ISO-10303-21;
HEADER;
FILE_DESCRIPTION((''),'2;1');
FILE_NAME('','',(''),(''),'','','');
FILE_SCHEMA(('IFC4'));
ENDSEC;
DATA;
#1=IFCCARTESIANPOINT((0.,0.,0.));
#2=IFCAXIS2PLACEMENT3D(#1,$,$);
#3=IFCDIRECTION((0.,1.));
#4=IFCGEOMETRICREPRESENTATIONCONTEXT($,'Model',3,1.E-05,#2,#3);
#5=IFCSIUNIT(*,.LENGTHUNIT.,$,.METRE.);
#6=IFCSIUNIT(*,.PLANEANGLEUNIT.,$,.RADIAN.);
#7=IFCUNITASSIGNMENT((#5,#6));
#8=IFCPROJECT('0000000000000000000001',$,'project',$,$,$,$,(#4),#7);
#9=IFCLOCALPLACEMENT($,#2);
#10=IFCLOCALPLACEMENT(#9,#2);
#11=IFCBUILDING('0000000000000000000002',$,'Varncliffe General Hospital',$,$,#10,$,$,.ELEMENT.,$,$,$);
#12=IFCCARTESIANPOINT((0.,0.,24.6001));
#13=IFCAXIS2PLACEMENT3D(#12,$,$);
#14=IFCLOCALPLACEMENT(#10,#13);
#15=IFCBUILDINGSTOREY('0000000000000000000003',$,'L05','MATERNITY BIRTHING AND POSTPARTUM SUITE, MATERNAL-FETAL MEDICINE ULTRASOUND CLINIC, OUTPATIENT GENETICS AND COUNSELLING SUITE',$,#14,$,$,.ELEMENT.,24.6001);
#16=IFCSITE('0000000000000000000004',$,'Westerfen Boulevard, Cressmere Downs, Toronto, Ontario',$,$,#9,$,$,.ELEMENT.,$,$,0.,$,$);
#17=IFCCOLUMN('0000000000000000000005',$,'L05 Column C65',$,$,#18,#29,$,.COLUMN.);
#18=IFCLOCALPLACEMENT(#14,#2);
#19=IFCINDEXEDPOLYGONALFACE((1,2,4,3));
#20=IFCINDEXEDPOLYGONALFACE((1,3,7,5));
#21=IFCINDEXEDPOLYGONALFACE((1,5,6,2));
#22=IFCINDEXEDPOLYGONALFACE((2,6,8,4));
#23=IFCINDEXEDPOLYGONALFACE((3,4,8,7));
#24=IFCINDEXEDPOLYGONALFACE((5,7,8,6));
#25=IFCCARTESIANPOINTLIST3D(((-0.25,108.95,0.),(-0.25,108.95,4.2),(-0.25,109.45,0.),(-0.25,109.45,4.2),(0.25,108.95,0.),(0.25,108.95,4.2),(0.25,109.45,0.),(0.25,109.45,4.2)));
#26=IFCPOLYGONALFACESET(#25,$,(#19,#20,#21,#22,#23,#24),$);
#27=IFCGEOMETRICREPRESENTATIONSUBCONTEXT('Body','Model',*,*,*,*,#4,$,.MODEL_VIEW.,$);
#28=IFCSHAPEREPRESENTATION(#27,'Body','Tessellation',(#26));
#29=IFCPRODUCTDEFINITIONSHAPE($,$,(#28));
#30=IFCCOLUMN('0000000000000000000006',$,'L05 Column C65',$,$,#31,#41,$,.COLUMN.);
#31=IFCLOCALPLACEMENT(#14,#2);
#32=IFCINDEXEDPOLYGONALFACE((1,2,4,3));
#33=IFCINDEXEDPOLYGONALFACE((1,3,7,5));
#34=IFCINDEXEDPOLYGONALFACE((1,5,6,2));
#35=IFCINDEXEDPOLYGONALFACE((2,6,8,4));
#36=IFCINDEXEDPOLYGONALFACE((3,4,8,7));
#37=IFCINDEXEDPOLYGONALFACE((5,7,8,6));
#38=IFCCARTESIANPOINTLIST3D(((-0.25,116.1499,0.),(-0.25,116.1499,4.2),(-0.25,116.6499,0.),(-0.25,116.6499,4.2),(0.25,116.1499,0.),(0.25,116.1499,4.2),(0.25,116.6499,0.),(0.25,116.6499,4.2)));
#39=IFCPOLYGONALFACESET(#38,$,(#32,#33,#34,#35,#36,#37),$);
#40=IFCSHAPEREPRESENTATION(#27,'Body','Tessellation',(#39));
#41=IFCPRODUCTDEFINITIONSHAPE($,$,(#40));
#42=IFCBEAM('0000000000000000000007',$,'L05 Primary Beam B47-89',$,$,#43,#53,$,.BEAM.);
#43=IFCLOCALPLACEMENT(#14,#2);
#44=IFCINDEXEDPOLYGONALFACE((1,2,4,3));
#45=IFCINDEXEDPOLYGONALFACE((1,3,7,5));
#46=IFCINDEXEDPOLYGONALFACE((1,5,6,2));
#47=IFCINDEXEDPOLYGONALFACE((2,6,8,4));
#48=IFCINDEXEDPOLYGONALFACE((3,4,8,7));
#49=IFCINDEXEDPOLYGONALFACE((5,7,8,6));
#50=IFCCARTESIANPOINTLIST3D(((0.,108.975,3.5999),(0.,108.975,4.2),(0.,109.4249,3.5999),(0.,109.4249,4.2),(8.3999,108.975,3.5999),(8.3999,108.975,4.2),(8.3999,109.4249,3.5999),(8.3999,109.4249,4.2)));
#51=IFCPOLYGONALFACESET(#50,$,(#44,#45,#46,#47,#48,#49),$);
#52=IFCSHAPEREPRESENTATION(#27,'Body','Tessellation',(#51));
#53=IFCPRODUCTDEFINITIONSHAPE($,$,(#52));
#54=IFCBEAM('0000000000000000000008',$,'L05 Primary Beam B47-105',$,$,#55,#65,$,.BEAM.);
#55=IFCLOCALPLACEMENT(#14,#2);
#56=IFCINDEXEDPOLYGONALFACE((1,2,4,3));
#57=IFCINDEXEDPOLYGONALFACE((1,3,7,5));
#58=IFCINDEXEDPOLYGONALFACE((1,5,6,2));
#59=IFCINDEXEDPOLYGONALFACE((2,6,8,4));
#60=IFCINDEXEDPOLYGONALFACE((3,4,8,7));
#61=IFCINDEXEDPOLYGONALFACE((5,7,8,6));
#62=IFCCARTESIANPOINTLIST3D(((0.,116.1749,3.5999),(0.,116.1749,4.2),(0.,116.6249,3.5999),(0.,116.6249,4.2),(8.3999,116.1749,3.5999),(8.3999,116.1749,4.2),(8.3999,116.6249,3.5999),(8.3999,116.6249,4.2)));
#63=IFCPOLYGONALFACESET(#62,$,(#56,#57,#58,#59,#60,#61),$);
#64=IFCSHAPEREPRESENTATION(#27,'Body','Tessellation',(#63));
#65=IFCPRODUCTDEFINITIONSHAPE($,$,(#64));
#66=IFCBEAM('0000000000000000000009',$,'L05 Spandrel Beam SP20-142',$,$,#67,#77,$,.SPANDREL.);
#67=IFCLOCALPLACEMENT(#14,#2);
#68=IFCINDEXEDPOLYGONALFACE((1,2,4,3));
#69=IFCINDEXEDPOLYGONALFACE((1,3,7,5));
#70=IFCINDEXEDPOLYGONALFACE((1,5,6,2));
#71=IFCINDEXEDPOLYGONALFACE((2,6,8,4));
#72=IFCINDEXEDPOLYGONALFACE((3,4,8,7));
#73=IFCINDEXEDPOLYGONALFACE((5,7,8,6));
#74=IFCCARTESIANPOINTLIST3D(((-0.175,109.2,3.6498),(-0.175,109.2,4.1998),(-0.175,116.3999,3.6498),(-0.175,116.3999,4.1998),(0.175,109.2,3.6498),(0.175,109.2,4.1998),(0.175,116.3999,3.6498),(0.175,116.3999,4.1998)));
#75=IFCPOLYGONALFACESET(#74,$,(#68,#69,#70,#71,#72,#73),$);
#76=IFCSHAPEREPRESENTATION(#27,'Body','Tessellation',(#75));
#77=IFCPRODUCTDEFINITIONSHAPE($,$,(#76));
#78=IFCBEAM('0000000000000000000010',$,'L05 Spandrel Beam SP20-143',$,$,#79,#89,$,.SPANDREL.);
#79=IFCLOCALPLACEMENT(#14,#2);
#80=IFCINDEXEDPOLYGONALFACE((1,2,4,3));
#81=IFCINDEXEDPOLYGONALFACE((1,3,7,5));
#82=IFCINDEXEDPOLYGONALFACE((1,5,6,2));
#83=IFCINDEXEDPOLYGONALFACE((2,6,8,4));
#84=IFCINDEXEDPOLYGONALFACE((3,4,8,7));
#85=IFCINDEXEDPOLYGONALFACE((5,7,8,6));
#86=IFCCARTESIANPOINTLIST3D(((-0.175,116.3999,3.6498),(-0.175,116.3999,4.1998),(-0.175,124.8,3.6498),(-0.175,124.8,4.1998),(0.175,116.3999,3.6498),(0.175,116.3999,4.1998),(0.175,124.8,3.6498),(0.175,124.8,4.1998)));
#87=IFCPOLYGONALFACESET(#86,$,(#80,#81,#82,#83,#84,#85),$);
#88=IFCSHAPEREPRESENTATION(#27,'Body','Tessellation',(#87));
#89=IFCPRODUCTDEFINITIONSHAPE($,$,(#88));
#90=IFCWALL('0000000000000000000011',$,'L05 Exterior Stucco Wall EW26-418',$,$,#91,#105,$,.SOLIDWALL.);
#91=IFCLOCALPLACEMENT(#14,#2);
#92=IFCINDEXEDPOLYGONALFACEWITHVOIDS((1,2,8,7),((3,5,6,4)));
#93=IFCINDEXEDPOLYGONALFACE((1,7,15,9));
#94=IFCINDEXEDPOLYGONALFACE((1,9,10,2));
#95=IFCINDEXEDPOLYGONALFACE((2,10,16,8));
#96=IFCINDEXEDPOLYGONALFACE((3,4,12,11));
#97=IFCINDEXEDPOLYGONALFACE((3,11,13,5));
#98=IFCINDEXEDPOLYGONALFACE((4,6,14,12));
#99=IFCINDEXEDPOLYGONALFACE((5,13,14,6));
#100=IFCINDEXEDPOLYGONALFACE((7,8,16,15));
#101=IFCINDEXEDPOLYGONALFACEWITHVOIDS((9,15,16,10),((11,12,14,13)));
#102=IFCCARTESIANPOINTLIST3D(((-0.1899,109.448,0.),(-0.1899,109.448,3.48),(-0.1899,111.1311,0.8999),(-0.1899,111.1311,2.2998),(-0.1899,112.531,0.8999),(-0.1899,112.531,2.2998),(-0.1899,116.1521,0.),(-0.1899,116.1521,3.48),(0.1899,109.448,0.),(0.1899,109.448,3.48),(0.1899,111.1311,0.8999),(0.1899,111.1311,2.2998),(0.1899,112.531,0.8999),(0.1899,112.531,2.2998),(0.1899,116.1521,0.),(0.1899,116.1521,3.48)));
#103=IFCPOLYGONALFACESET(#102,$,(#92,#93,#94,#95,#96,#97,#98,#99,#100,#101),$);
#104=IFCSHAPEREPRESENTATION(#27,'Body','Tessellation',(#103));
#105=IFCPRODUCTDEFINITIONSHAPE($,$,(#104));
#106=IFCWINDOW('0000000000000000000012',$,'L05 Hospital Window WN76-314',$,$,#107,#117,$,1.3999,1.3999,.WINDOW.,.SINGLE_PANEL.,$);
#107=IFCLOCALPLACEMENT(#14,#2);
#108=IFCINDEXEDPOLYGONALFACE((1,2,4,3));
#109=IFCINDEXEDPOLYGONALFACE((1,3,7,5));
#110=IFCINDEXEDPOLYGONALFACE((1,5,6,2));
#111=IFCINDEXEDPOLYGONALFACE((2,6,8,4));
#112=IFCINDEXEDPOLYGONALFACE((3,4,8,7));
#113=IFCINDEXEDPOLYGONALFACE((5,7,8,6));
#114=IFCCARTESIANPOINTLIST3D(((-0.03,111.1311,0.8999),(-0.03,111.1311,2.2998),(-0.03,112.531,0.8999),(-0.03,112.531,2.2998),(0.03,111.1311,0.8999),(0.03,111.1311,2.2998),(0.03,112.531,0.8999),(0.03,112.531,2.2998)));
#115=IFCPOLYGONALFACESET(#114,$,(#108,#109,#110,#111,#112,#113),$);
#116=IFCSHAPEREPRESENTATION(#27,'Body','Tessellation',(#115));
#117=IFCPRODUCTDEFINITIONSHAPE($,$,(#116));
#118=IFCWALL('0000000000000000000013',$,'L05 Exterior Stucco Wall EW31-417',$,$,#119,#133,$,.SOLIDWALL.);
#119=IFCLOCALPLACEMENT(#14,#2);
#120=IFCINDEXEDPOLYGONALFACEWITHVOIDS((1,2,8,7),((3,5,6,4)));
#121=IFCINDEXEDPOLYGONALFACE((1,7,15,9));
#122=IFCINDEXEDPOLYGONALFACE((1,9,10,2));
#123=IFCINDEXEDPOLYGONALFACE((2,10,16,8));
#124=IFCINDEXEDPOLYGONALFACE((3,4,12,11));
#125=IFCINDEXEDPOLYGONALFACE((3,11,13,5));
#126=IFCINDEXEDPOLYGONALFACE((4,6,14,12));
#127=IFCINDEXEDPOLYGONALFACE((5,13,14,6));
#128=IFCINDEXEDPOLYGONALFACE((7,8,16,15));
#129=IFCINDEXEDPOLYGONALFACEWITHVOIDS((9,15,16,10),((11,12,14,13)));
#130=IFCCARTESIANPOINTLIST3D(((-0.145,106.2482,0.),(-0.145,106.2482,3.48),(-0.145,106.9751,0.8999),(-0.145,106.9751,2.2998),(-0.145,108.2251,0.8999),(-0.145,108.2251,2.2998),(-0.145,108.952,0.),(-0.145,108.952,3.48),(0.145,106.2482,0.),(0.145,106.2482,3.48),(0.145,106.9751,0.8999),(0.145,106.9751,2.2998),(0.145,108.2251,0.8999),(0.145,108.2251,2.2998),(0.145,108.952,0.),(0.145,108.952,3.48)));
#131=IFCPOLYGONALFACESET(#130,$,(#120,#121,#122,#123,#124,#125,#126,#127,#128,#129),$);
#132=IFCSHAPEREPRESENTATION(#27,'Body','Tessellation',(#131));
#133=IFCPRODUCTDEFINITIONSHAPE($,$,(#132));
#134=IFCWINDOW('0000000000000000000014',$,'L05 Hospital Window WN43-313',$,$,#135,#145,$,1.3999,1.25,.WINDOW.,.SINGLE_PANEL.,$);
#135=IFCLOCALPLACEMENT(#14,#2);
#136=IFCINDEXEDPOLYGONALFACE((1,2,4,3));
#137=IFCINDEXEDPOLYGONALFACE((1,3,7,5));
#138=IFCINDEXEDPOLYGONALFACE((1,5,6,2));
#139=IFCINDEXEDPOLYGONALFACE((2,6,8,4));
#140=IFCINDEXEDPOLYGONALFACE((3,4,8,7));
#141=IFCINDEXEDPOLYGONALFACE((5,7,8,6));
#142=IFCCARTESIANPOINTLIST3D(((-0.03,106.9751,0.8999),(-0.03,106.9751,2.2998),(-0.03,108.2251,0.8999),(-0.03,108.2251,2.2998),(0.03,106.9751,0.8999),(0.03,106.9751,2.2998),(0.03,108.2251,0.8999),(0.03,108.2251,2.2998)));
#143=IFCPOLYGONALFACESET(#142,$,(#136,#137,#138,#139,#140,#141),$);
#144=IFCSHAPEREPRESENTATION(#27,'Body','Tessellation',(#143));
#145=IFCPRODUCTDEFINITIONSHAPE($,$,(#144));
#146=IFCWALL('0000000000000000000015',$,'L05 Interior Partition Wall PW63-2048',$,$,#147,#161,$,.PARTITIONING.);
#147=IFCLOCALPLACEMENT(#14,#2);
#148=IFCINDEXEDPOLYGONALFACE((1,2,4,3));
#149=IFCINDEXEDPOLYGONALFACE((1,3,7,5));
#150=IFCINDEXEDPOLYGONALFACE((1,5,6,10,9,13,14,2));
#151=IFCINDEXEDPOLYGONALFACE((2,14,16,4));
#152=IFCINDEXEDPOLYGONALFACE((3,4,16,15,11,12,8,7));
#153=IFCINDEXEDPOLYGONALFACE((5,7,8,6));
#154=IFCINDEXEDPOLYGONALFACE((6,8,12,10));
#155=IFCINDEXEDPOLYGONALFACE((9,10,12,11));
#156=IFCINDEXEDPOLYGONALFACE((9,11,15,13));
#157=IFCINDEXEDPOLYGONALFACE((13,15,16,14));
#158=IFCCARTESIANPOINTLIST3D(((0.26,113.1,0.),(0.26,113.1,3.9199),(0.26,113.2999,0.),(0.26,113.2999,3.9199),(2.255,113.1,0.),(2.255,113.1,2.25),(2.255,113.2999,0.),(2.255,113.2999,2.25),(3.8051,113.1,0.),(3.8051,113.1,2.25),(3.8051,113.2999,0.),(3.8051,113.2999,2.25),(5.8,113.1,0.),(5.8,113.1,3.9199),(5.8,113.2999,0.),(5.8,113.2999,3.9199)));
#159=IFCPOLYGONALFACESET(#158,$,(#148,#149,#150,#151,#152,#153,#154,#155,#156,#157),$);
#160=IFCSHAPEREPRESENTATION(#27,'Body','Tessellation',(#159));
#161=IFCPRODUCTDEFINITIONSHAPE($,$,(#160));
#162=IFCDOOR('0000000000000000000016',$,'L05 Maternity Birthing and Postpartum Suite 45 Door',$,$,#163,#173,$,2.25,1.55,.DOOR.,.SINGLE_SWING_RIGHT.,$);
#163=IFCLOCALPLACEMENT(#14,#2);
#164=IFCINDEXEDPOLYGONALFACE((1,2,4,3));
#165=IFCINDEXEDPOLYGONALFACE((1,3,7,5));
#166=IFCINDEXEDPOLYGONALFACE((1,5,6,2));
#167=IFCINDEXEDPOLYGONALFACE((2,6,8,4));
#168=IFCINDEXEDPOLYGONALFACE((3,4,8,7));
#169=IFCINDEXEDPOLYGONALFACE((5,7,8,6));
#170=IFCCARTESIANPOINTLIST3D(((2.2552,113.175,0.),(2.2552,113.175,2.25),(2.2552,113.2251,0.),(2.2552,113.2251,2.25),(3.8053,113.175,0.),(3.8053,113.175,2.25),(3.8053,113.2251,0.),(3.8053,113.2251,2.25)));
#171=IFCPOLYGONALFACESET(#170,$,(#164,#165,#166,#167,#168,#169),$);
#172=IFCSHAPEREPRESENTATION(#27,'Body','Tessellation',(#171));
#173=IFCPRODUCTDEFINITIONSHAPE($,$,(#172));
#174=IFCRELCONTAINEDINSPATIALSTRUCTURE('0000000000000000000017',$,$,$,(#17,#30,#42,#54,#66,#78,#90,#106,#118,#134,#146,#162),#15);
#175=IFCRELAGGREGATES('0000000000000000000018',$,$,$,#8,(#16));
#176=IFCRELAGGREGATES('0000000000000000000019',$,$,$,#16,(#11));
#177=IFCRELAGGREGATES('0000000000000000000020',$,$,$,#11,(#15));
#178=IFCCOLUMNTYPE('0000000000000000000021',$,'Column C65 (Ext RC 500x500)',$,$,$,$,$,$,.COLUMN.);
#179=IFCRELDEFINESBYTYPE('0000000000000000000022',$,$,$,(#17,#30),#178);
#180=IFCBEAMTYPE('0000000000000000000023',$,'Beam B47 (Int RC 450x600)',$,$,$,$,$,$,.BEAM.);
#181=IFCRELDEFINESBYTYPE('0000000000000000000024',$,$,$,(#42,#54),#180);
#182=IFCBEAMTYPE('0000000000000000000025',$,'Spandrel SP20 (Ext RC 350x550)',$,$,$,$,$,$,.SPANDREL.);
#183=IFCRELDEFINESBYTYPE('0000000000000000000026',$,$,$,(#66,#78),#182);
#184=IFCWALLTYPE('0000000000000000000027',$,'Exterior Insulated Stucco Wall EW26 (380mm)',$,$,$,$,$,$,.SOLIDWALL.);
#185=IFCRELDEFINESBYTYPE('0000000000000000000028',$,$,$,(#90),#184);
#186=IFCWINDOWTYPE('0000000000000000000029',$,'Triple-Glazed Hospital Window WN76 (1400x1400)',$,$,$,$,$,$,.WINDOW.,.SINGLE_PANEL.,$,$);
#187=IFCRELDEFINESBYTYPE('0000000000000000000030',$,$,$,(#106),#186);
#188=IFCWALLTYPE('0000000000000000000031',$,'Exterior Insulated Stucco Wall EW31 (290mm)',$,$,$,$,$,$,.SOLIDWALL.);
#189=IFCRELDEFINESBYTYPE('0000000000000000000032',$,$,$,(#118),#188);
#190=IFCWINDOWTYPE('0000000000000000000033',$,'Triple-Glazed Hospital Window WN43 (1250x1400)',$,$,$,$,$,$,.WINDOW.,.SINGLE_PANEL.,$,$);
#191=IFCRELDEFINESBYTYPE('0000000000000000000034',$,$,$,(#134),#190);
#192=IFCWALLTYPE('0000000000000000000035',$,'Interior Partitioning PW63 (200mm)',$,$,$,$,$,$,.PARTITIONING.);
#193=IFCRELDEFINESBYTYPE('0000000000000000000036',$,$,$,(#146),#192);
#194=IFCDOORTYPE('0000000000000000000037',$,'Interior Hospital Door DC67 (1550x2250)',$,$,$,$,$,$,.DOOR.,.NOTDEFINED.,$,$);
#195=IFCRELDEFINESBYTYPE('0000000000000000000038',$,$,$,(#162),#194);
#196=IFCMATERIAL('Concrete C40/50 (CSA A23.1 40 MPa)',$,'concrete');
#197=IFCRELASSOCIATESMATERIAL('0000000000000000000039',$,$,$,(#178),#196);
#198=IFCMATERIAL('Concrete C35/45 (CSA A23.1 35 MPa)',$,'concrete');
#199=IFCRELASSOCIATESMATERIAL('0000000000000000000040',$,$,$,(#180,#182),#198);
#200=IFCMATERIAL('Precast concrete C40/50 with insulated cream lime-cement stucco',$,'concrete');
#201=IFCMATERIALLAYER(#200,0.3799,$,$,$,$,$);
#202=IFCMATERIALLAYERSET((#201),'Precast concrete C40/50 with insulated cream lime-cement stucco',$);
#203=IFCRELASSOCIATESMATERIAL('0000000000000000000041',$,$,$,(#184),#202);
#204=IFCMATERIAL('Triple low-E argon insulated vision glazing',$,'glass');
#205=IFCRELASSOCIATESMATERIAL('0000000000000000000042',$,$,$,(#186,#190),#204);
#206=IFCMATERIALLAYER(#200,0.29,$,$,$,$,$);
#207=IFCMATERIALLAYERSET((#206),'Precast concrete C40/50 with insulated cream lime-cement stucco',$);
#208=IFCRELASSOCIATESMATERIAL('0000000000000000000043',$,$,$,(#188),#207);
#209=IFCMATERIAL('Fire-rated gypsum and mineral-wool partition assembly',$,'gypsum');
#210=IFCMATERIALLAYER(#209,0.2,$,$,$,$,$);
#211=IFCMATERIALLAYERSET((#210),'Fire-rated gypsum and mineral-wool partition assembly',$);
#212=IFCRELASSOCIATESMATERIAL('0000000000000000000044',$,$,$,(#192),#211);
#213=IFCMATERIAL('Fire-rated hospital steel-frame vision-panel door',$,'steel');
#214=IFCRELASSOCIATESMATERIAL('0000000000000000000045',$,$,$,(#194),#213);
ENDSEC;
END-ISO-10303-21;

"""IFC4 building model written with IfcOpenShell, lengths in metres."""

from ifc_helpers import new_model, si_unit, direction, frame, frame_2d, origin, origin_2d, place, context, subcontext, project, spatial, rectangle, extrude, material, layer, layer_set, material_profile, profile_set, type_object, element, fill, save


model = new_model("IFC4")

# Units and contexts
model_context = context("Model", 3, precision=1e-05, world=origin(), true_north=direction((0.0, 1.0)))
body_context = subcontext(model_context, "Body", "Model", "MODEL_VIEW")
ifc_project = project(units=[si_unit("LENGTHUNIT", "METRE"), si_unit("PLANEANGLEUNIT", "RADIAN")], contexts=[model_context])

# Site, building, storey
site_placement = place(None, origin())
site = spatial("IfcSite", under=ifc_project, at=site_placement, Name="Westerfen Boulevard, Cressmere Downs, Toronto, Ontario", CompositionType="ELEMENT", RefElevation=0.0)
building_placement = place(site_placement, origin())
building = spatial("IfcBuilding", under=site, at=building_placement, Name="Varncliffe General Hospital", CompositionType="ELEMENT")
storey_placement = place(building_placement, frame((0.0, 0.0, 24.6001)))
storey = spatial("IfcBuildingStorey", under=building, at=storey_placement, Name="L05", Description="MATERNITY BIRTHING AND POSTPARTUM SUITE, MATERNAL-FETAL MEDICINE ULTRASOUND CLINIC, OUTPATIENT GENETICS AND COUNSELLING SUITE", CompositionType="ELEMENT", Elevation=24.6001)

# Columns
ifc_material_1 = material(Name="Concrete C40/50 (CSA A23.1 40 MPa)", Category="concrete")
ifc_material_profile_1 = material_profile(ifc_material_1, rectangle(XDim=0.5, YDim=0.5, at=origin_2d()), Name="RC 500x500")
ifc_profile_set_1 = profile_set([ifc_material_profile_1], Name="Concrete C40/50 (CSA A23.1 40 MPa)")
column_type = type_object("IfcColumnType", Name="Column C65 (Ext RC 500x500)", PredefinedType="COLUMN", material=ifc_profile_set_1)
for number, where, z_axis, x_axis, name in (
    (1, (0.0, 109.2, 0.0), (0.0, 0.0, 1.0), (1.0, 0.0, 0.0), "L05 Column C65"),
    (2, (0.0, 116.3999, 0.0), (0.0, 0.0, 1.0), (1.0, 0.0, 0.0), "L05 Column C65"),
):
    element("IfcColumn", number, at=place(storey_placement, frame(where, z_axis=z_axis, x_axis=x_axis)), inside=storey, type_object=column_type, Name=name, PredefinedType="COLUMN", context=body_context, shape_type="SweptSolid", body=[
        extrude(rectangle(XDim=0.5, YDim=0.5, at=origin_2d()), origin(), (0.0, 0.0, 1.0), 4.2),
    ])

# Beams
ifc_material_2 = material(Name="Concrete C35/45 (CSA A23.1 35 MPa)", Category="concrete")
ifc_material_profile_2 = material_profile(ifc_material_2, rectangle(XDim=0.45, YDim=0.6001, at=origin_2d()), Name="RC 450x600")
ifc_profile_set_2 = profile_set([ifc_material_profile_2], Name="Concrete C35/45 (CSA A23.1 35 MPa)")
beam_type_1 = type_object("IfcBeamType", Name="Beam B47 (Int RC 450x600)", PredefinedType="BEAM", material=ifc_profile_set_2)
for number, where, z_axis, x_axis, name in (
    (3, (0.0, 109.2, 3.8999), (1.0, 0.0, 0.0), (0.0, 1.0, 0.0), "L05 Primary Beam B47-89"),
    (4, (0.0, 116.3999, 3.8999), (1.0, 0.0, 0.0), (0.0, 1.0, 0.0), "L05 Primary Beam B47-105"),
):
    element("IfcBeam", number, at=place(storey_placement, frame(where, z_axis=z_axis, x_axis=x_axis)), inside=storey, type_object=beam_type_1, Name=name, PredefinedType="BEAM", context=body_context, shape_type="SweptSolid", body=[
        extrude(rectangle(XDim=0.45, YDim=0.6001, at=origin_2d()), origin(), (0.0, 0.0, 1.0), 8.3999),
    ])
ifc_material_profile_3 = material_profile(ifc_material_2, rectangle(XDim=0.3501, YDim=0.55, at=origin_2d()), Name="RC 350x550")
ifc_profile_set_3 = profile_set([ifc_material_profile_3], Name="Concrete C35/45 (CSA A23.1 35 MPa)")
beam_type_2 = type_object("IfcBeamType", Name="Spandrel SP20 (Ext RC 350x550)", PredefinedType="SPANDREL", material=ifc_profile_set_3)
beam_1_placement = place(storey_placement, frame((0.0, 109.2, 3.9248), z_axis=(0.0, 1.0, 0.0), x_axis=(-1.0, 0.0, 0.0)))
element("IfcBeam", 5, at=beam_1_placement, inside=storey, type_object=beam_type_2, Name="L05 Spandrel Beam SP20-142", PredefinedType="SPANDREL", context=body_context, shape_type="SweptSolid", body=[
    extrude(rectangle(XDim=0.3501, YDim=0.55, at=origin_2d()), origin(), (0.0, 0.0, 1.0), 7.2),
])
beam_2_placement = place(storey_placement, frame((0.0, 116.3999, 3.9248), z_axis=(0.0, 1.0, 0.0), x_axis=(-1.0, 0.0, 0.0)))
element("IfcBeam", 6, at=beam_2_placement, inside=storey, type_object=beam_type_2, Name="L05 Spandrel Beam SP20-143", PredefinedType="SPANDREL", context=body_context, shape_type="SweptSolid", body=[
    extrude(rectangle(XDim=0.3501, YDim=0.55, at=origin_2d()), origin(), (0.0, 0.0, 1.0), 8.4001),
])

# Walls, openings, windows
ifc_material_3 = material(Name="Precast concrete C40/50 with insulated cream lime-cement stucco", Category="concrete")
ifc_layer_1 = layer(ifc_material_3, 0.3799)
ifc_layer_set_1 = layer_set([ifc_layer_1], Name="Precast concrete C40/50 with insulated cream lime-cement stucco")
wall_type_1 = type_object("IfcWallType", Name="Exterior Insulated Stucco Wall EW26 (380mm)", PredefinedType="SOLIDWALL", material=ifc_layer_set_1)
wall_1_placement = place(storey_placement, frame((0.0, 109.448, 0.0), z_axis=(0.0, 0.0, 1.0), x_axis=(0.0, 1.0, 0.0)))
wall_1 = element("IfcWall", 7, at=wall_1_placement, inside=storey, type_object=wall_type_1, Name="L05 Exterior Stucco Wall EW26-418", PredefinedType="SOLIDWALL", context=body_context, shape_type="SweptSolid", body=[
    extrude(rectangle(XDim=6.7041, YDim=0.3799, at=frame_2d((3.3521, 0.0))), origin(), (0.0, 0.0, 1.0), 3.48),
])
opening_1_placement = place(wall_1_placement, frame((1.6831, 0.0, 0.8999)))
opening_1 = element("IfcOpeningElement", 8, at=opening_1_placement, cuts=wall_1, PredefinedType="OPENING", context=body_context, shape_type="SweptSolid", body=[
    extrude(rectangle(XDim=1.3999, YDim=1.3999, at=frame_2d((0.7, 0.7))), frame((0.0, 0.2, 0.0), z_axis=(0.0, -1.0, 0.0), x_axis=(1.0, 0.0, 0.0)), (0.0, 0.0, 1.0), 0.3999),
])
ifc_material_4 = material(Name="Triple low-E argon insulated vision glazing", Category="glass")
window_type_1 = type_object("IfcWindowType", Name="Triple-Glazed Hospital Window WN76 (1400x1400)", PartitioningType="SINGLE_PANEL", PredefinedType="WINDOW", material=ifc_material_4)
window_1_placement = place(opening_1_placement, origin())
window_1 = element("IfcWindow", 9, at=window_1_placement, inside=storey, type_object=window_type_1, Name="L05 Hospital Window WN76-314", OverallHeight=1.3999, OverallWidth=1.3999, PartitioningType="SINGLE_PANEL", PredefinedType="WINDOW", context=body_context, shape_type="SweptSolid", body=[
    extrude(rectangle(XDim=1.3999, YDim=1.3999, at=frame_2d((0.7, 0.7))), frame((0.0, 0.03, 0.0), z_axis=(0.0, -1.0, 0.0), x_axis=(1.0, 0.0, 0.0)), (0.0, 0.0, 1.0), 0.0601),
])
fill(opening_1, window_1)
ifc_layer_2 = layer(ifc_material_3, 0.29)
ifc_layer_set_2 = layer_set([ifc_layer_2], Name="Precast concrete C40/50 with insulated cream lime-cement stucco")
wall_type_2 = type_object("IfcWallType", Name="Exterior Insulated Stucco Wall EW31 (290mm)", PredefinedType="SOLIDWALL", material=ifc_layer_set_2)
wall_2_placement = place(storey_placement, frame((0.0, 106.248, 0.0), z_axis=(0.0, 0.0, 1.0), x_axis=(0.0, 1.0, 0.0)))
wall_2 = element("IfcWall", 10, at=wall_2_placement, inside=storey, type_object=wall_type_2, Name="L05 Exterior Stucco Wall EW31-417", PredefinedType="SOLIDWALL", context=body_context, shape_type="SweptSolid", body=[
    extrude(rectangle(XDim=2.7039, YDim=0.29, at=frame_2d((1.3521, 0.0))), origin(), (0.0, 0.0, 1.0), 3.48),
])
opening_2_placement = place(wall_2_placement, frame((0.7271, 0.0, 0.8999)))
opening_2 = element("IfcOpeningElement", 11, at=opening_2_placement, cuts=wall_2, PredefinedType="OPENING", context=body_context, shape_type="SweptSolid", body=[
    extrude(rectangle(XDim=1.25, YDim=1.3999, at=frame_2d((0.625, 0.7))), frame((0.0, 0.155, 0.0), z_axis=(0.0, -1.0, 0.0), x_axis=(1.0, 0.0, 0.0)), (0.0, 0.0, 1.0), 0.3101),
])
window_type_2 = type_object("IfcWindowType", Name="Triple-Glazed Hospital Window WN43 (1250x1400)", PartitioningType="SINGLE_PANEL", PredefinedType="WINDOW", material=ifc_material_4)
window_2_placement = place(opening_2_placement, origin())
window_2 = element("IfcWindow", 12, at=window_2_placement, inside=storey, type_object=window_type_2, Name="L05 Hospital Window WN43-313", OverallHeight=1.3999, OverallWidth=1.25, PartitioningType="SINGLE_PANEL", PredefinedType="WINDOW", context=body_context, shape_type="SweptSolid", body=[
    extrude(rectangle(XDim=1.25, YDim=1.3999, at=frame_2d((0.625, 0.7))), frame((0.0, 0.03, 0.0), z_axis=(0.0, -1.0, 0.0), x_axis=(1.0, 0.0, 0.0)), (0.0, 0.0, 1.0), 0.0601),
])
fill(opening_2, window_2)

# Wall, opening, door
ifc_material_5 = material(Name="Fire-rated gypsum and mineral-wool partition assembly", Category="gypsum")
ifc_layer_3 = layer(ifc_material_5, 0.2)
ifc_layer_set_3 = layer_set([ifc_layer_3], Name="Fire-rated gypsum and mineral-wool partition assembly")
wall_type_3 = type_object("IfcWallType", Name="Interior Partitioning PW63 (200mm)", PredefinedType="PARTITIONING", material=ifc_layer_set_3)
wall_3_placement = place(storey_placement, frame((0.26, 113.2, 0.0), z_axis=(0.0, 0.0, 1.0), x_axis=(1.0, 0.0, 0.0)))
wall_3 = element("IfcWall", 13, at=wall_3_placement, inside=storey, type_object=wall_type_3, Name="L05 Interior Partition Wall PW63-2048", PredefinedType="PARTITIONING", context=body_context, shape_type="SweptSolid", body=[
    extrude(rectangle(XDim=5.54, YDim=0.2, at=frame_2d((2.77, 0.0))), origin(), (0.0, 0.0, 1.0), 3.9199),
])
opening_3_placement = place(wall_3_placement, frame((1.9951, 0.0, 0.0)))
opening_3 = element("IfcOpeningElement", 14, at=opening_3_placement, cuts=wall_3, PredefinedType="OPENING", context=body_context, shape_type="SweptSolid", body=[
    extrude(rectangle(XDim=1.55, YDim=2.25, at=frame_2d((0.7749, 1.125))), frame((0.0, 0.1099, 0.0), z_axis=(0.0, -1.0, 0.0), x_axis=(1.0, 0.0, 0.0)), (0.0, 0.0, 1.0), 0.22),
])
ifc_material_6 = material(Name="Fire-rated hospital steel-frame vision-panel door", Category="steel")
door_type_1 = type_object("IfcDoorType", Name="Interior Hospital Door DC67 (1550x2250)", OperationType="NOTDEFINED", PredefinedType="DOOR", material=ifc_material_6)
door_1_placement = place(opening_3_placement, frame((1.55, 0.0, 0.0), z_axis=(0.0, 0.0, 1.0), x_axis=(-1.0, 0.0, 0.0)))
door_1 = element("IfcDoor", 15, at=door_1_placement, inside=storey, type_object=door_type_1, Name="L05 Maternity Birthing and Postpartum Suite 45 Door", OperationType="SINGLE_SWING_RIGHT", OverallHeight=2.25, OverallWidth=1.55, PredefinedType="DOOR", context=body_context, shape_type="SweptSolid", body=[
    extrude(rectangle(XDim=1.55, YDim=2.25, at=frame_2d((0.7749, 1.125))), frame((0.0, 0.0249, 0.0), z_axis=(0.0, -1.0, 0.0), x_axis=(1.0, 0.0, 0.0)), (0.0, 0.0, 1.0), 0.05),
])
fill(opening_3, door_1)

save(model, "model.ifc")
